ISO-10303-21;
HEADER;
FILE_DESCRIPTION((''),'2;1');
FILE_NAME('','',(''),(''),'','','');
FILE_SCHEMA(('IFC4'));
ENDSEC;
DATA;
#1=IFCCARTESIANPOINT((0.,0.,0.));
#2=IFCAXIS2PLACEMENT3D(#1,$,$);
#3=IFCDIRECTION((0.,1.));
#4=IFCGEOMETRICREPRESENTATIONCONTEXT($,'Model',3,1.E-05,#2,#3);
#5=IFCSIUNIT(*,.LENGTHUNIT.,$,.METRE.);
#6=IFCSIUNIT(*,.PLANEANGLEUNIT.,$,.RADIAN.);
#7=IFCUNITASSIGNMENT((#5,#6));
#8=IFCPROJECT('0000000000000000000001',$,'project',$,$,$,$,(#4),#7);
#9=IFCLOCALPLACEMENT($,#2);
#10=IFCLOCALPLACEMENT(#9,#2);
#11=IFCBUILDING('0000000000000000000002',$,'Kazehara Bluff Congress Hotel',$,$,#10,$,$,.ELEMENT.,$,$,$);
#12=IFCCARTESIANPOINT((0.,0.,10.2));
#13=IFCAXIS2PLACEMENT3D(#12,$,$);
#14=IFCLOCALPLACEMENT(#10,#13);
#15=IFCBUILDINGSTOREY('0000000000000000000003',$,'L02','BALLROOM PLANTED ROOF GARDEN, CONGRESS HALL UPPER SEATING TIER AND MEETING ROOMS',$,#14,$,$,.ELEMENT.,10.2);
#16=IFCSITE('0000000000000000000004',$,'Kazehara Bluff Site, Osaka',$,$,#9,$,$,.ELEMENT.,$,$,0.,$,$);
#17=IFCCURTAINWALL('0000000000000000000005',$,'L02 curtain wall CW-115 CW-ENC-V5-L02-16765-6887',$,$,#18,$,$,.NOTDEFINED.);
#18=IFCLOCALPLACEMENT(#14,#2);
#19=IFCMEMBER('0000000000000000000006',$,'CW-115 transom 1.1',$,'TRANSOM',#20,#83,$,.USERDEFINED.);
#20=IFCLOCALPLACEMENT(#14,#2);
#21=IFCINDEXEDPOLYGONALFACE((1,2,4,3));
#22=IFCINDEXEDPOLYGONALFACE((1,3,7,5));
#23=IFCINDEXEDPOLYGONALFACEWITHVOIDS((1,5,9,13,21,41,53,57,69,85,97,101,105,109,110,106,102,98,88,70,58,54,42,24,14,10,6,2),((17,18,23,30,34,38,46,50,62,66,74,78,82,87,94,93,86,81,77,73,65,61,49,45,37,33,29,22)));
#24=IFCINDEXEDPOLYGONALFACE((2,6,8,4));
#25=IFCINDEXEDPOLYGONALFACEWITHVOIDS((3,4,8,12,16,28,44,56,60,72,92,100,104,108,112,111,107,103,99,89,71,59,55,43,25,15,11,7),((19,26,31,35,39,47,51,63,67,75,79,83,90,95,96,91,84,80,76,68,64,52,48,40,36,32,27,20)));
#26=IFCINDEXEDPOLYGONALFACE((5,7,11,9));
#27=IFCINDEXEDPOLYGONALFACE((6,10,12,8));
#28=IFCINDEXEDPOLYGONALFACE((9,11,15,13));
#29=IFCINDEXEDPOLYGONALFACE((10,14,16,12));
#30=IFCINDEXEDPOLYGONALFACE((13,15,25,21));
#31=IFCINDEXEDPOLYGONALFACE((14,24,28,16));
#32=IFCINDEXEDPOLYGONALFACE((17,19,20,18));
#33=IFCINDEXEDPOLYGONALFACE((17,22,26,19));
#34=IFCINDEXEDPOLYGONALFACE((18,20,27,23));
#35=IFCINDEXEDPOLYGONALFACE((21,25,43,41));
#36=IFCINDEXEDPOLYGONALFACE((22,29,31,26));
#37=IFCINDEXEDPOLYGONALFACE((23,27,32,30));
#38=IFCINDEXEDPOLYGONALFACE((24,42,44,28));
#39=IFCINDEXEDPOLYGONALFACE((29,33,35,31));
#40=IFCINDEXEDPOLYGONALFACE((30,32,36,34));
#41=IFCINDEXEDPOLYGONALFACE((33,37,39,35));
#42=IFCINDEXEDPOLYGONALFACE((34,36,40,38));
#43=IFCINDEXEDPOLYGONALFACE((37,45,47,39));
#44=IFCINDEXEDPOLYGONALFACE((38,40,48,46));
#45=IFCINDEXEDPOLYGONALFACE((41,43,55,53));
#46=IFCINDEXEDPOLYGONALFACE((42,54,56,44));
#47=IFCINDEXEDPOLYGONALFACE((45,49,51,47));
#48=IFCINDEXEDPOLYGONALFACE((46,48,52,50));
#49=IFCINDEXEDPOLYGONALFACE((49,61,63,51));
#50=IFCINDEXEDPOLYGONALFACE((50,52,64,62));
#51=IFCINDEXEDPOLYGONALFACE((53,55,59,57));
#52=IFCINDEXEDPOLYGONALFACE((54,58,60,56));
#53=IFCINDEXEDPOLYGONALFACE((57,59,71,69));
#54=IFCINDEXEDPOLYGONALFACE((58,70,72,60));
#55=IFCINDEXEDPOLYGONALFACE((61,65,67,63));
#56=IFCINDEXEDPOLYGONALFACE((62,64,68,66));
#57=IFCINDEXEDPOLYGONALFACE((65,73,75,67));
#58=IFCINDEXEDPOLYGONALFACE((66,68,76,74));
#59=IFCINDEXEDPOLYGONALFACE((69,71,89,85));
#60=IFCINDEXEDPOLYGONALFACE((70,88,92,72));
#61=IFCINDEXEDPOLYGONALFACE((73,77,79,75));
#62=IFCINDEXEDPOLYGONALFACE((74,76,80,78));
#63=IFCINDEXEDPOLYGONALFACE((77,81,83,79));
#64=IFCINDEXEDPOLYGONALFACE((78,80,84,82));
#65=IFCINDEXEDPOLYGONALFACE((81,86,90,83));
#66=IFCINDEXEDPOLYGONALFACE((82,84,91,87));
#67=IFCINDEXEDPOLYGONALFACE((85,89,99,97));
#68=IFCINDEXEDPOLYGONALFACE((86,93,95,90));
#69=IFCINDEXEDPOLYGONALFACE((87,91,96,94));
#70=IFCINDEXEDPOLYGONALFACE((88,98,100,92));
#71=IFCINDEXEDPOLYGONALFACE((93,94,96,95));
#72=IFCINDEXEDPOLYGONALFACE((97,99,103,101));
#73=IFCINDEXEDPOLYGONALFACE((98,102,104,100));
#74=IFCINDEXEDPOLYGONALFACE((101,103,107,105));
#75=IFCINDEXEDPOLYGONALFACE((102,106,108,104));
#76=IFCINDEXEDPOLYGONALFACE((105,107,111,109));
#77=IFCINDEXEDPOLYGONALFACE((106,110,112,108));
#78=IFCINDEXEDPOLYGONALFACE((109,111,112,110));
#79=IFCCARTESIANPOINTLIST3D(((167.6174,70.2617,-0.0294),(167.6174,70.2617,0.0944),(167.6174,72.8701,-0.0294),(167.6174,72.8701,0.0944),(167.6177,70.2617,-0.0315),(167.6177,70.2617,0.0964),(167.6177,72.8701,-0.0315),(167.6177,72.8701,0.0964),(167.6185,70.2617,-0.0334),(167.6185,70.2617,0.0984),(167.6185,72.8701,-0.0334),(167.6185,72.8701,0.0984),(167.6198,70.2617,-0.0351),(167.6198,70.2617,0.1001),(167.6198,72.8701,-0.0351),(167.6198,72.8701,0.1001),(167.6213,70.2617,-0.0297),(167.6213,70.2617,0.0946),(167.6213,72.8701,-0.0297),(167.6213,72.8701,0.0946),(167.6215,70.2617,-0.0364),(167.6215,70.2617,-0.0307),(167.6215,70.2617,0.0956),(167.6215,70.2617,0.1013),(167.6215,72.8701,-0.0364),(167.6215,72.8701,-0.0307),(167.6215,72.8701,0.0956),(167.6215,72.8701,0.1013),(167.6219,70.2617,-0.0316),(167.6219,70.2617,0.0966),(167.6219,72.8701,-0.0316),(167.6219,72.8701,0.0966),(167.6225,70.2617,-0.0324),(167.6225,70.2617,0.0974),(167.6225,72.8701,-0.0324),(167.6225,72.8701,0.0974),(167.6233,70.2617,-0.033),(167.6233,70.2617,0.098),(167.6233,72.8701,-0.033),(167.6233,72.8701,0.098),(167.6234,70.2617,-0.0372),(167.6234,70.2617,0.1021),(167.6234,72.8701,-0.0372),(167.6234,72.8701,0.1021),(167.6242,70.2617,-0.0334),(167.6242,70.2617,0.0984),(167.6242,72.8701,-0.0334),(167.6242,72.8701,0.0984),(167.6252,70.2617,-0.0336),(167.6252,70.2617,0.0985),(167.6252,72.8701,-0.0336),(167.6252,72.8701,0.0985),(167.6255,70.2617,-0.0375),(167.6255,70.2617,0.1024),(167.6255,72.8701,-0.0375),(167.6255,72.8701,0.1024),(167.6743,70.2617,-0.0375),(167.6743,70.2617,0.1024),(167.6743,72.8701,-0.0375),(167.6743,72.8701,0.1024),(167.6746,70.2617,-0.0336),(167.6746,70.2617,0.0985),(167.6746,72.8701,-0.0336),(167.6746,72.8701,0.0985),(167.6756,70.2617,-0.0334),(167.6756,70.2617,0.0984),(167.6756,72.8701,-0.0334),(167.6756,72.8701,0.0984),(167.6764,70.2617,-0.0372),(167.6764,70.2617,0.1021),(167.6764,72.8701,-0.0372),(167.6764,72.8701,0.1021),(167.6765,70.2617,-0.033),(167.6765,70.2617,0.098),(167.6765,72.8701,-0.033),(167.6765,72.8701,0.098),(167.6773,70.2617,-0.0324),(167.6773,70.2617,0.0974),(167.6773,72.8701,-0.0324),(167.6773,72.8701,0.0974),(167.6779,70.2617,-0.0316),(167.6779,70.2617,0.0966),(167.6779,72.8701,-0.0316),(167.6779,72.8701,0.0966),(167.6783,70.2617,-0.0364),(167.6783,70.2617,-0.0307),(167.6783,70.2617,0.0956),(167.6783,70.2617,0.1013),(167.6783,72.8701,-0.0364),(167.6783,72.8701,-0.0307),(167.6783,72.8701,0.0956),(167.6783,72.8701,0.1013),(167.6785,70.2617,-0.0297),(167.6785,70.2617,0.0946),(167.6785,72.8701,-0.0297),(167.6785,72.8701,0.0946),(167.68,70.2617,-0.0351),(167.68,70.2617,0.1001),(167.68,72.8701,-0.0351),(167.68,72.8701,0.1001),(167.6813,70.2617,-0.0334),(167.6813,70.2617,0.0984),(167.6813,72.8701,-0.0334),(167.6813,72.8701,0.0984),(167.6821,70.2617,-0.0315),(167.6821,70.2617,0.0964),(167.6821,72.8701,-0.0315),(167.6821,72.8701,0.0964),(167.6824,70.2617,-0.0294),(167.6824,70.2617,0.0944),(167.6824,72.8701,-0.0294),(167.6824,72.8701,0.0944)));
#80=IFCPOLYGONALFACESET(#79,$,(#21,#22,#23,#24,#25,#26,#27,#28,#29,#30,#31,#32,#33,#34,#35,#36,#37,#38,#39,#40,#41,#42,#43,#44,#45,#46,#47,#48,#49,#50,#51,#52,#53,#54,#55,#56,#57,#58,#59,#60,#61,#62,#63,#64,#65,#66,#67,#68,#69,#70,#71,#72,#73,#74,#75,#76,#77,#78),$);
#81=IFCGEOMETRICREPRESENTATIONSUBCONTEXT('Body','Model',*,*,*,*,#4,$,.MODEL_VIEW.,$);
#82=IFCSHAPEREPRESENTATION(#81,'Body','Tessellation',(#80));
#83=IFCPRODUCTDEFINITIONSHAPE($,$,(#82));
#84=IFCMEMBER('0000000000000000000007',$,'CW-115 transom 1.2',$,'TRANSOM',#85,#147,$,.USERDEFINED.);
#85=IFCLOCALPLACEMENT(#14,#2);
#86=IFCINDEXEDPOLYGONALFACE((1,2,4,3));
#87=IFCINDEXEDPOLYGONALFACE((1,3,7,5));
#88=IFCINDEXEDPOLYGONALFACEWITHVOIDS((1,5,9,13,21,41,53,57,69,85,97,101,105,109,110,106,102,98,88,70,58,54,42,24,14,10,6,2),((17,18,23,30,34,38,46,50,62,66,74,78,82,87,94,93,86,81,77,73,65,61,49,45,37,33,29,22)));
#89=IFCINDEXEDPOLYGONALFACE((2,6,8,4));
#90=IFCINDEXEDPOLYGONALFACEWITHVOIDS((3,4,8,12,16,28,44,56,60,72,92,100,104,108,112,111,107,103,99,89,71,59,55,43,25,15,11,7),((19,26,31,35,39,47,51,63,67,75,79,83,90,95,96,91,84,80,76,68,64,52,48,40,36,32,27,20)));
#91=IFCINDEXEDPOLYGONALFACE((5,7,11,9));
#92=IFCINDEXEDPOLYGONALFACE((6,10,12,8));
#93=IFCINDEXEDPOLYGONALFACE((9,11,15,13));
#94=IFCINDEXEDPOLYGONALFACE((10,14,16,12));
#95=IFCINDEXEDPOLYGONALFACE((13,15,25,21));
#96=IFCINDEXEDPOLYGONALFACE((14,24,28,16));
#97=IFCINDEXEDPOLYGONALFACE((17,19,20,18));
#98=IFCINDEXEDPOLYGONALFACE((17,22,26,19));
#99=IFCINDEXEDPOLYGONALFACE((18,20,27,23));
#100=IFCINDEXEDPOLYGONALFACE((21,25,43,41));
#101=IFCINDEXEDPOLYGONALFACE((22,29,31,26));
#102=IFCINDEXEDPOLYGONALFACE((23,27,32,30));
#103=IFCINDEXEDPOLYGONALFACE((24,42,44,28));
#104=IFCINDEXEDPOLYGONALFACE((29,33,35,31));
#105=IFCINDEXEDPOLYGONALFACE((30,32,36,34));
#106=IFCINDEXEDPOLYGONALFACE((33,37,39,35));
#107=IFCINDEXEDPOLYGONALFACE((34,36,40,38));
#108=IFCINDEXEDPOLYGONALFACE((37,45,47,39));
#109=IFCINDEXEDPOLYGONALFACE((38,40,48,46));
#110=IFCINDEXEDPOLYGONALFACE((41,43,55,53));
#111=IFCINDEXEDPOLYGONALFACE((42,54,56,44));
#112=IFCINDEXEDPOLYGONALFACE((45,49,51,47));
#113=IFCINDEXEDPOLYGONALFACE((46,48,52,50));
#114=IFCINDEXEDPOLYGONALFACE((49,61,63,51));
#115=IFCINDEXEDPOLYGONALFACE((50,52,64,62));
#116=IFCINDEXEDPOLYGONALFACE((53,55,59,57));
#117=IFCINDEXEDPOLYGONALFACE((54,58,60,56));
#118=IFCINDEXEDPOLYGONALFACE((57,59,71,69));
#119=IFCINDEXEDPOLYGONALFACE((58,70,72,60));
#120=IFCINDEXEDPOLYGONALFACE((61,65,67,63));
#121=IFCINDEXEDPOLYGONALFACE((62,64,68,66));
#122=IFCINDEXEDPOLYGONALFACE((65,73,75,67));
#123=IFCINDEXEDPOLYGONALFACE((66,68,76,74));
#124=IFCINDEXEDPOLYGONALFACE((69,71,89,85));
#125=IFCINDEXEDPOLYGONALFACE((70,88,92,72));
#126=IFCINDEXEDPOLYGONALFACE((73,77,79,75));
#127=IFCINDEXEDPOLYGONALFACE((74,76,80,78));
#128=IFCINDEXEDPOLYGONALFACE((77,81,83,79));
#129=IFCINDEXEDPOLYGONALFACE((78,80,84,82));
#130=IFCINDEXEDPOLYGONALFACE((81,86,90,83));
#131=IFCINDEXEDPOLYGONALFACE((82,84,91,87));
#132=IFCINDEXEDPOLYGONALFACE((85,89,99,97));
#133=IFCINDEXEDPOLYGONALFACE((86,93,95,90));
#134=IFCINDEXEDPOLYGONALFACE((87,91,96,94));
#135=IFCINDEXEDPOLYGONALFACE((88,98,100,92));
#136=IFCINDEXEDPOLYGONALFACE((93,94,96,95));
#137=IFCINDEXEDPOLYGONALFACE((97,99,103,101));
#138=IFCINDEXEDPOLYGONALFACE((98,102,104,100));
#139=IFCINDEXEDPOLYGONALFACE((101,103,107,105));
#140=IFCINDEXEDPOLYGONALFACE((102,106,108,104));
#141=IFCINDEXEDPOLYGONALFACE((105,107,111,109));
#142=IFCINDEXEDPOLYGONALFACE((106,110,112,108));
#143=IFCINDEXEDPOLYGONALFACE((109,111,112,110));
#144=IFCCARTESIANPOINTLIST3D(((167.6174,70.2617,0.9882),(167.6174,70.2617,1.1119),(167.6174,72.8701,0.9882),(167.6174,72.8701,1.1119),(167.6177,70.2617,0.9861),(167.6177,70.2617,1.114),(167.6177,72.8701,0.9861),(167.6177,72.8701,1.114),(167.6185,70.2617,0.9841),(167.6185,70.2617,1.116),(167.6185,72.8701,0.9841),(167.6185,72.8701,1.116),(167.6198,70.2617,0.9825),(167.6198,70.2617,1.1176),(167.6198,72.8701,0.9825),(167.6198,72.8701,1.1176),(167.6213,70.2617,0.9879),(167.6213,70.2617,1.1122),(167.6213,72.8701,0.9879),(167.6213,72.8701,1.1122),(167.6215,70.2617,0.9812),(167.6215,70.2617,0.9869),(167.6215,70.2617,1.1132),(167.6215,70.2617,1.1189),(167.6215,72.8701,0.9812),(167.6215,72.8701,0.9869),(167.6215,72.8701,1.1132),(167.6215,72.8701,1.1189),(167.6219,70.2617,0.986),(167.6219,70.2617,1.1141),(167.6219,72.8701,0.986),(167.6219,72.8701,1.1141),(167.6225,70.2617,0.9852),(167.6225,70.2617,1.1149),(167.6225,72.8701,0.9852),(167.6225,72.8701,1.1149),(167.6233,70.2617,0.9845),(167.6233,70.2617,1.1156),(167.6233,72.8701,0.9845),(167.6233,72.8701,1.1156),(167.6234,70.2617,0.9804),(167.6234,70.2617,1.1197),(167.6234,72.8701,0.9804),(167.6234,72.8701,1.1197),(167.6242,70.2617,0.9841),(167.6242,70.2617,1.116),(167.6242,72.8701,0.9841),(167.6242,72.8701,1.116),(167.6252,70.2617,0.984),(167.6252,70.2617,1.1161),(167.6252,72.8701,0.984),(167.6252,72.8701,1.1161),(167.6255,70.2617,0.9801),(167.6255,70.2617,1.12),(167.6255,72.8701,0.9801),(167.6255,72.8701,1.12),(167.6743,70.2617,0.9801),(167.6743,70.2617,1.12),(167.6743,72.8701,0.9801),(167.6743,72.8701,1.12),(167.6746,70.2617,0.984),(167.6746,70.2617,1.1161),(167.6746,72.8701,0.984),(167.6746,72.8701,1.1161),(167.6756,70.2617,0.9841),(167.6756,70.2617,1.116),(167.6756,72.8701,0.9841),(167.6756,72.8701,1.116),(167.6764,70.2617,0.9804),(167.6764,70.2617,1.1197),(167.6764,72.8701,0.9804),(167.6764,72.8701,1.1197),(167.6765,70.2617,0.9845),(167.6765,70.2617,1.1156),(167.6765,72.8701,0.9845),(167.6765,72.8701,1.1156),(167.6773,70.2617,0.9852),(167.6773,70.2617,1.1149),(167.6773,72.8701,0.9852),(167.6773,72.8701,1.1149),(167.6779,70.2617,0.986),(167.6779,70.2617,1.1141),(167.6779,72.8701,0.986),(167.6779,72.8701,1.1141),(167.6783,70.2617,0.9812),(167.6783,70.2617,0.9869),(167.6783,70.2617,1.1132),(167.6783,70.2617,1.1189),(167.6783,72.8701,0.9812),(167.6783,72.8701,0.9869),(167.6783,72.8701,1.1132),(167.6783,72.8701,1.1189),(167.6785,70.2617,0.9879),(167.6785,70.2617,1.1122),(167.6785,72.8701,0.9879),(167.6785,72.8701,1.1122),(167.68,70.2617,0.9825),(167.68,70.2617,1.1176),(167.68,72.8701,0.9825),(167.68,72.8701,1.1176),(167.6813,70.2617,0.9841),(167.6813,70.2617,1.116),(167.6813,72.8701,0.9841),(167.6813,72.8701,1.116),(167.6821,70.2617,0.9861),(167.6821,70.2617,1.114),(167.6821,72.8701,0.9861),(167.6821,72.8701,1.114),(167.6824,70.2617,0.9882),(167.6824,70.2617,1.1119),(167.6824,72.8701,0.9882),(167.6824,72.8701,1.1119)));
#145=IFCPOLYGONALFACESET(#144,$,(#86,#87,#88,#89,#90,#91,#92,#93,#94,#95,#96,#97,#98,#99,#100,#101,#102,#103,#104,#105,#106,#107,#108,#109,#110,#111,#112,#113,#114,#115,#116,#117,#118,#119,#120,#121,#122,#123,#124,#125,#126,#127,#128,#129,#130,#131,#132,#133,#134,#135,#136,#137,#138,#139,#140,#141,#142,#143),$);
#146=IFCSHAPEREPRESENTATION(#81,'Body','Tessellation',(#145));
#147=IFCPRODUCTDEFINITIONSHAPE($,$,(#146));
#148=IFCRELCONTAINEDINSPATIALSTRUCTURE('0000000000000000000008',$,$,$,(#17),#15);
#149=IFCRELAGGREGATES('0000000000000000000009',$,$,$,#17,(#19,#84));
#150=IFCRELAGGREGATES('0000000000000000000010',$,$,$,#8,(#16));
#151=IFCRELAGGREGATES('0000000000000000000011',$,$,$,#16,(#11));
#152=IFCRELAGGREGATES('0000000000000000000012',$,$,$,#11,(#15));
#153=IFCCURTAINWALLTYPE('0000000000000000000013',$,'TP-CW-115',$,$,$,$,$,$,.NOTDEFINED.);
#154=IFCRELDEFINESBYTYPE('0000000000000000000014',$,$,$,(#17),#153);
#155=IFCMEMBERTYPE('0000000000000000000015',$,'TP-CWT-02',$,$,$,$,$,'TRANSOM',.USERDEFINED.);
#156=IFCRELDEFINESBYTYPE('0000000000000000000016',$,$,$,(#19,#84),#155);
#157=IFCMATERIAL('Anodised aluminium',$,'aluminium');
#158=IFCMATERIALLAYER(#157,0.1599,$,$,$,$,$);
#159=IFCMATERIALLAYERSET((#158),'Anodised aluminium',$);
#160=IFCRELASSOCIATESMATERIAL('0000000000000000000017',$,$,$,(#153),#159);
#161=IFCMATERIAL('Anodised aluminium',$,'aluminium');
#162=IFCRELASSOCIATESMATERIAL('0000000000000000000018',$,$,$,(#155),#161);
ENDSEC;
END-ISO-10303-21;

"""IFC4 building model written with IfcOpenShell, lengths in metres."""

from ifc_helpers import new_model, si_unit, direction, frame, origin, origin_2d, place, context, subcontext, project, spatial, hollow_rectangle, extrude, material, layer, layer_set, material_profile, profile_set, type_object, element, aggregate, save


model = new_model("IFC4")

# Units and contexts
model_context = context("Model", 3, precision=1e-05, world=origin(), true_north=direction((0.0, 1.0)))
body_context = subcontext(model_context, "Body", "Model", "MODEL_VIEW")
ifc_project = project(units=[si_unit("LENGTHUNIT", "METRE"), si_unit("PLANEANGLEUNIT", "RADIAN")], contexts=[model_context])

# Site, building, storey
site_placement = place(None, origin())
site = spatial("IfcSite", under=ifc_project, at=site_placement, Name="Kazehara Bluff Site, Osaka", CompositionType="ELEMENT", RefElevation=0.0)
building_placement = place(site_placement, origin())
building = spatial("IfcBuilding", under=site, at=building_placement, Name="Kazehara Bluff Congress Hotel", CompositionType="ELEMENT")
storey_placement = place(building_placement, frame((0.0, 0.0, 10.2)))
storey = spatial("IfcBuildingStorey", under=building, at=storey_placement, Name="L02", Description="BALLROOM PLANTED ROOF GARDEN, CONGRESS HALL UPPER SEATING TIER AND MEETING ROOMS", CompositionType="ELEMENT", Elevation=10.2)

# Curtain wall
ifc_material_1 = material(Name="Anodised aluminium", Category="aluminium")
ifc_layer_1 = layer(ifc_material_1, 0.1599)
ifc_layer_set_1 = layer_set([ifc_layer_1], Name="Anodised aluminium")
curtain_wall_type_1 = type_object("IfcCurtainWallType", Name="TP-CW-115", PredefinedType="NOTDEFINED", material=ifc_layer_set_1)
curtain_wall_1_placement = place(storey_placement, origin())
curtain_wall_1 = element("IfcCurtainWall", 1, at=curtain_wall_1_placement, inside=storey, type_object=curtain_wall_type_1, Name="L02 curtain wall CW-115 CW-ENC-V5-L02-16765-6887", PredefinedType="NOTDEFINED")

# Members
ifc_material_2 = material(Name="Anodised aluminium", Category="aluminium")
ifc_material_profile_1 = material_profile(ifc_material_2, hollow_rectangle(XDim=0.0649, YDim=0.1399, WallThickness=0.0039, InnerFilletRadius=0.0039, OuterFilletRadius=0.0081, at=origin_2d()))
ifc_profile_set_1 = profile_set([ifc_material_profile_1], Name="Anodised aluminium")
member_type_1 = type_object("IfcMemberType", Name="TP-CWT-02", ElementType="TRANSOM", PredefinedType="USERDEFINED", material=ifc_profile_set_1)
member_1_placement = place(storey_placement, frame((167.6499, 72.8701, 0.0325), z_axis=(0.0, -1.0, 0.0), x_axis=(1.0, 0.0, 0.0)))
member_1 = element("IfcMember", 2, at=member_1_placement, type_object=member_type_1, Name="CW-115 transom 1.1", ObjectType="TRANSOM", PredefinedType="USERDEFINED", context=body_context, shape_type="SweptSolid", body=[
    extrude(hollow_rectangle(XDim=0.0649, YDim=0.1399, WallThickness=0.0039, InnerFilletRadius=0.0039, OuterFilletRadius=0.0081, at=origin_2d()), origin(), (0.0, 0.0, 1.0), 2.6084),
])
member_2_placement = place(storey_placement, frame((167.6499, 72.8701, 1.05), z_axis=(0.0, -1.0, 0.0), x_axis=(1.0, 0.0, 0.0)))
member_2 = element("IfcMember", 3, at=member_2_placement, type_object=member_type_1, Name="CW-115 transom 1.2", ObjectType="TRANSOM", PredefinedType="USERDEFINED", context=body_context, shape_type="SweptSolid", body=[
    extrude(hollow_rectangle(XDim=0.0649, YDim=0.1399, WallThickness=0.0039, InnerFilletRadius=0.0039, OuterFilletRadius=0.0081, at=origin_2d()), origin(), (0.0, 0.0, 1.0), 2.6084),
])

aggregate(curtain_wall_1, [member_1, member_2])

save(model, "model.ifc")
